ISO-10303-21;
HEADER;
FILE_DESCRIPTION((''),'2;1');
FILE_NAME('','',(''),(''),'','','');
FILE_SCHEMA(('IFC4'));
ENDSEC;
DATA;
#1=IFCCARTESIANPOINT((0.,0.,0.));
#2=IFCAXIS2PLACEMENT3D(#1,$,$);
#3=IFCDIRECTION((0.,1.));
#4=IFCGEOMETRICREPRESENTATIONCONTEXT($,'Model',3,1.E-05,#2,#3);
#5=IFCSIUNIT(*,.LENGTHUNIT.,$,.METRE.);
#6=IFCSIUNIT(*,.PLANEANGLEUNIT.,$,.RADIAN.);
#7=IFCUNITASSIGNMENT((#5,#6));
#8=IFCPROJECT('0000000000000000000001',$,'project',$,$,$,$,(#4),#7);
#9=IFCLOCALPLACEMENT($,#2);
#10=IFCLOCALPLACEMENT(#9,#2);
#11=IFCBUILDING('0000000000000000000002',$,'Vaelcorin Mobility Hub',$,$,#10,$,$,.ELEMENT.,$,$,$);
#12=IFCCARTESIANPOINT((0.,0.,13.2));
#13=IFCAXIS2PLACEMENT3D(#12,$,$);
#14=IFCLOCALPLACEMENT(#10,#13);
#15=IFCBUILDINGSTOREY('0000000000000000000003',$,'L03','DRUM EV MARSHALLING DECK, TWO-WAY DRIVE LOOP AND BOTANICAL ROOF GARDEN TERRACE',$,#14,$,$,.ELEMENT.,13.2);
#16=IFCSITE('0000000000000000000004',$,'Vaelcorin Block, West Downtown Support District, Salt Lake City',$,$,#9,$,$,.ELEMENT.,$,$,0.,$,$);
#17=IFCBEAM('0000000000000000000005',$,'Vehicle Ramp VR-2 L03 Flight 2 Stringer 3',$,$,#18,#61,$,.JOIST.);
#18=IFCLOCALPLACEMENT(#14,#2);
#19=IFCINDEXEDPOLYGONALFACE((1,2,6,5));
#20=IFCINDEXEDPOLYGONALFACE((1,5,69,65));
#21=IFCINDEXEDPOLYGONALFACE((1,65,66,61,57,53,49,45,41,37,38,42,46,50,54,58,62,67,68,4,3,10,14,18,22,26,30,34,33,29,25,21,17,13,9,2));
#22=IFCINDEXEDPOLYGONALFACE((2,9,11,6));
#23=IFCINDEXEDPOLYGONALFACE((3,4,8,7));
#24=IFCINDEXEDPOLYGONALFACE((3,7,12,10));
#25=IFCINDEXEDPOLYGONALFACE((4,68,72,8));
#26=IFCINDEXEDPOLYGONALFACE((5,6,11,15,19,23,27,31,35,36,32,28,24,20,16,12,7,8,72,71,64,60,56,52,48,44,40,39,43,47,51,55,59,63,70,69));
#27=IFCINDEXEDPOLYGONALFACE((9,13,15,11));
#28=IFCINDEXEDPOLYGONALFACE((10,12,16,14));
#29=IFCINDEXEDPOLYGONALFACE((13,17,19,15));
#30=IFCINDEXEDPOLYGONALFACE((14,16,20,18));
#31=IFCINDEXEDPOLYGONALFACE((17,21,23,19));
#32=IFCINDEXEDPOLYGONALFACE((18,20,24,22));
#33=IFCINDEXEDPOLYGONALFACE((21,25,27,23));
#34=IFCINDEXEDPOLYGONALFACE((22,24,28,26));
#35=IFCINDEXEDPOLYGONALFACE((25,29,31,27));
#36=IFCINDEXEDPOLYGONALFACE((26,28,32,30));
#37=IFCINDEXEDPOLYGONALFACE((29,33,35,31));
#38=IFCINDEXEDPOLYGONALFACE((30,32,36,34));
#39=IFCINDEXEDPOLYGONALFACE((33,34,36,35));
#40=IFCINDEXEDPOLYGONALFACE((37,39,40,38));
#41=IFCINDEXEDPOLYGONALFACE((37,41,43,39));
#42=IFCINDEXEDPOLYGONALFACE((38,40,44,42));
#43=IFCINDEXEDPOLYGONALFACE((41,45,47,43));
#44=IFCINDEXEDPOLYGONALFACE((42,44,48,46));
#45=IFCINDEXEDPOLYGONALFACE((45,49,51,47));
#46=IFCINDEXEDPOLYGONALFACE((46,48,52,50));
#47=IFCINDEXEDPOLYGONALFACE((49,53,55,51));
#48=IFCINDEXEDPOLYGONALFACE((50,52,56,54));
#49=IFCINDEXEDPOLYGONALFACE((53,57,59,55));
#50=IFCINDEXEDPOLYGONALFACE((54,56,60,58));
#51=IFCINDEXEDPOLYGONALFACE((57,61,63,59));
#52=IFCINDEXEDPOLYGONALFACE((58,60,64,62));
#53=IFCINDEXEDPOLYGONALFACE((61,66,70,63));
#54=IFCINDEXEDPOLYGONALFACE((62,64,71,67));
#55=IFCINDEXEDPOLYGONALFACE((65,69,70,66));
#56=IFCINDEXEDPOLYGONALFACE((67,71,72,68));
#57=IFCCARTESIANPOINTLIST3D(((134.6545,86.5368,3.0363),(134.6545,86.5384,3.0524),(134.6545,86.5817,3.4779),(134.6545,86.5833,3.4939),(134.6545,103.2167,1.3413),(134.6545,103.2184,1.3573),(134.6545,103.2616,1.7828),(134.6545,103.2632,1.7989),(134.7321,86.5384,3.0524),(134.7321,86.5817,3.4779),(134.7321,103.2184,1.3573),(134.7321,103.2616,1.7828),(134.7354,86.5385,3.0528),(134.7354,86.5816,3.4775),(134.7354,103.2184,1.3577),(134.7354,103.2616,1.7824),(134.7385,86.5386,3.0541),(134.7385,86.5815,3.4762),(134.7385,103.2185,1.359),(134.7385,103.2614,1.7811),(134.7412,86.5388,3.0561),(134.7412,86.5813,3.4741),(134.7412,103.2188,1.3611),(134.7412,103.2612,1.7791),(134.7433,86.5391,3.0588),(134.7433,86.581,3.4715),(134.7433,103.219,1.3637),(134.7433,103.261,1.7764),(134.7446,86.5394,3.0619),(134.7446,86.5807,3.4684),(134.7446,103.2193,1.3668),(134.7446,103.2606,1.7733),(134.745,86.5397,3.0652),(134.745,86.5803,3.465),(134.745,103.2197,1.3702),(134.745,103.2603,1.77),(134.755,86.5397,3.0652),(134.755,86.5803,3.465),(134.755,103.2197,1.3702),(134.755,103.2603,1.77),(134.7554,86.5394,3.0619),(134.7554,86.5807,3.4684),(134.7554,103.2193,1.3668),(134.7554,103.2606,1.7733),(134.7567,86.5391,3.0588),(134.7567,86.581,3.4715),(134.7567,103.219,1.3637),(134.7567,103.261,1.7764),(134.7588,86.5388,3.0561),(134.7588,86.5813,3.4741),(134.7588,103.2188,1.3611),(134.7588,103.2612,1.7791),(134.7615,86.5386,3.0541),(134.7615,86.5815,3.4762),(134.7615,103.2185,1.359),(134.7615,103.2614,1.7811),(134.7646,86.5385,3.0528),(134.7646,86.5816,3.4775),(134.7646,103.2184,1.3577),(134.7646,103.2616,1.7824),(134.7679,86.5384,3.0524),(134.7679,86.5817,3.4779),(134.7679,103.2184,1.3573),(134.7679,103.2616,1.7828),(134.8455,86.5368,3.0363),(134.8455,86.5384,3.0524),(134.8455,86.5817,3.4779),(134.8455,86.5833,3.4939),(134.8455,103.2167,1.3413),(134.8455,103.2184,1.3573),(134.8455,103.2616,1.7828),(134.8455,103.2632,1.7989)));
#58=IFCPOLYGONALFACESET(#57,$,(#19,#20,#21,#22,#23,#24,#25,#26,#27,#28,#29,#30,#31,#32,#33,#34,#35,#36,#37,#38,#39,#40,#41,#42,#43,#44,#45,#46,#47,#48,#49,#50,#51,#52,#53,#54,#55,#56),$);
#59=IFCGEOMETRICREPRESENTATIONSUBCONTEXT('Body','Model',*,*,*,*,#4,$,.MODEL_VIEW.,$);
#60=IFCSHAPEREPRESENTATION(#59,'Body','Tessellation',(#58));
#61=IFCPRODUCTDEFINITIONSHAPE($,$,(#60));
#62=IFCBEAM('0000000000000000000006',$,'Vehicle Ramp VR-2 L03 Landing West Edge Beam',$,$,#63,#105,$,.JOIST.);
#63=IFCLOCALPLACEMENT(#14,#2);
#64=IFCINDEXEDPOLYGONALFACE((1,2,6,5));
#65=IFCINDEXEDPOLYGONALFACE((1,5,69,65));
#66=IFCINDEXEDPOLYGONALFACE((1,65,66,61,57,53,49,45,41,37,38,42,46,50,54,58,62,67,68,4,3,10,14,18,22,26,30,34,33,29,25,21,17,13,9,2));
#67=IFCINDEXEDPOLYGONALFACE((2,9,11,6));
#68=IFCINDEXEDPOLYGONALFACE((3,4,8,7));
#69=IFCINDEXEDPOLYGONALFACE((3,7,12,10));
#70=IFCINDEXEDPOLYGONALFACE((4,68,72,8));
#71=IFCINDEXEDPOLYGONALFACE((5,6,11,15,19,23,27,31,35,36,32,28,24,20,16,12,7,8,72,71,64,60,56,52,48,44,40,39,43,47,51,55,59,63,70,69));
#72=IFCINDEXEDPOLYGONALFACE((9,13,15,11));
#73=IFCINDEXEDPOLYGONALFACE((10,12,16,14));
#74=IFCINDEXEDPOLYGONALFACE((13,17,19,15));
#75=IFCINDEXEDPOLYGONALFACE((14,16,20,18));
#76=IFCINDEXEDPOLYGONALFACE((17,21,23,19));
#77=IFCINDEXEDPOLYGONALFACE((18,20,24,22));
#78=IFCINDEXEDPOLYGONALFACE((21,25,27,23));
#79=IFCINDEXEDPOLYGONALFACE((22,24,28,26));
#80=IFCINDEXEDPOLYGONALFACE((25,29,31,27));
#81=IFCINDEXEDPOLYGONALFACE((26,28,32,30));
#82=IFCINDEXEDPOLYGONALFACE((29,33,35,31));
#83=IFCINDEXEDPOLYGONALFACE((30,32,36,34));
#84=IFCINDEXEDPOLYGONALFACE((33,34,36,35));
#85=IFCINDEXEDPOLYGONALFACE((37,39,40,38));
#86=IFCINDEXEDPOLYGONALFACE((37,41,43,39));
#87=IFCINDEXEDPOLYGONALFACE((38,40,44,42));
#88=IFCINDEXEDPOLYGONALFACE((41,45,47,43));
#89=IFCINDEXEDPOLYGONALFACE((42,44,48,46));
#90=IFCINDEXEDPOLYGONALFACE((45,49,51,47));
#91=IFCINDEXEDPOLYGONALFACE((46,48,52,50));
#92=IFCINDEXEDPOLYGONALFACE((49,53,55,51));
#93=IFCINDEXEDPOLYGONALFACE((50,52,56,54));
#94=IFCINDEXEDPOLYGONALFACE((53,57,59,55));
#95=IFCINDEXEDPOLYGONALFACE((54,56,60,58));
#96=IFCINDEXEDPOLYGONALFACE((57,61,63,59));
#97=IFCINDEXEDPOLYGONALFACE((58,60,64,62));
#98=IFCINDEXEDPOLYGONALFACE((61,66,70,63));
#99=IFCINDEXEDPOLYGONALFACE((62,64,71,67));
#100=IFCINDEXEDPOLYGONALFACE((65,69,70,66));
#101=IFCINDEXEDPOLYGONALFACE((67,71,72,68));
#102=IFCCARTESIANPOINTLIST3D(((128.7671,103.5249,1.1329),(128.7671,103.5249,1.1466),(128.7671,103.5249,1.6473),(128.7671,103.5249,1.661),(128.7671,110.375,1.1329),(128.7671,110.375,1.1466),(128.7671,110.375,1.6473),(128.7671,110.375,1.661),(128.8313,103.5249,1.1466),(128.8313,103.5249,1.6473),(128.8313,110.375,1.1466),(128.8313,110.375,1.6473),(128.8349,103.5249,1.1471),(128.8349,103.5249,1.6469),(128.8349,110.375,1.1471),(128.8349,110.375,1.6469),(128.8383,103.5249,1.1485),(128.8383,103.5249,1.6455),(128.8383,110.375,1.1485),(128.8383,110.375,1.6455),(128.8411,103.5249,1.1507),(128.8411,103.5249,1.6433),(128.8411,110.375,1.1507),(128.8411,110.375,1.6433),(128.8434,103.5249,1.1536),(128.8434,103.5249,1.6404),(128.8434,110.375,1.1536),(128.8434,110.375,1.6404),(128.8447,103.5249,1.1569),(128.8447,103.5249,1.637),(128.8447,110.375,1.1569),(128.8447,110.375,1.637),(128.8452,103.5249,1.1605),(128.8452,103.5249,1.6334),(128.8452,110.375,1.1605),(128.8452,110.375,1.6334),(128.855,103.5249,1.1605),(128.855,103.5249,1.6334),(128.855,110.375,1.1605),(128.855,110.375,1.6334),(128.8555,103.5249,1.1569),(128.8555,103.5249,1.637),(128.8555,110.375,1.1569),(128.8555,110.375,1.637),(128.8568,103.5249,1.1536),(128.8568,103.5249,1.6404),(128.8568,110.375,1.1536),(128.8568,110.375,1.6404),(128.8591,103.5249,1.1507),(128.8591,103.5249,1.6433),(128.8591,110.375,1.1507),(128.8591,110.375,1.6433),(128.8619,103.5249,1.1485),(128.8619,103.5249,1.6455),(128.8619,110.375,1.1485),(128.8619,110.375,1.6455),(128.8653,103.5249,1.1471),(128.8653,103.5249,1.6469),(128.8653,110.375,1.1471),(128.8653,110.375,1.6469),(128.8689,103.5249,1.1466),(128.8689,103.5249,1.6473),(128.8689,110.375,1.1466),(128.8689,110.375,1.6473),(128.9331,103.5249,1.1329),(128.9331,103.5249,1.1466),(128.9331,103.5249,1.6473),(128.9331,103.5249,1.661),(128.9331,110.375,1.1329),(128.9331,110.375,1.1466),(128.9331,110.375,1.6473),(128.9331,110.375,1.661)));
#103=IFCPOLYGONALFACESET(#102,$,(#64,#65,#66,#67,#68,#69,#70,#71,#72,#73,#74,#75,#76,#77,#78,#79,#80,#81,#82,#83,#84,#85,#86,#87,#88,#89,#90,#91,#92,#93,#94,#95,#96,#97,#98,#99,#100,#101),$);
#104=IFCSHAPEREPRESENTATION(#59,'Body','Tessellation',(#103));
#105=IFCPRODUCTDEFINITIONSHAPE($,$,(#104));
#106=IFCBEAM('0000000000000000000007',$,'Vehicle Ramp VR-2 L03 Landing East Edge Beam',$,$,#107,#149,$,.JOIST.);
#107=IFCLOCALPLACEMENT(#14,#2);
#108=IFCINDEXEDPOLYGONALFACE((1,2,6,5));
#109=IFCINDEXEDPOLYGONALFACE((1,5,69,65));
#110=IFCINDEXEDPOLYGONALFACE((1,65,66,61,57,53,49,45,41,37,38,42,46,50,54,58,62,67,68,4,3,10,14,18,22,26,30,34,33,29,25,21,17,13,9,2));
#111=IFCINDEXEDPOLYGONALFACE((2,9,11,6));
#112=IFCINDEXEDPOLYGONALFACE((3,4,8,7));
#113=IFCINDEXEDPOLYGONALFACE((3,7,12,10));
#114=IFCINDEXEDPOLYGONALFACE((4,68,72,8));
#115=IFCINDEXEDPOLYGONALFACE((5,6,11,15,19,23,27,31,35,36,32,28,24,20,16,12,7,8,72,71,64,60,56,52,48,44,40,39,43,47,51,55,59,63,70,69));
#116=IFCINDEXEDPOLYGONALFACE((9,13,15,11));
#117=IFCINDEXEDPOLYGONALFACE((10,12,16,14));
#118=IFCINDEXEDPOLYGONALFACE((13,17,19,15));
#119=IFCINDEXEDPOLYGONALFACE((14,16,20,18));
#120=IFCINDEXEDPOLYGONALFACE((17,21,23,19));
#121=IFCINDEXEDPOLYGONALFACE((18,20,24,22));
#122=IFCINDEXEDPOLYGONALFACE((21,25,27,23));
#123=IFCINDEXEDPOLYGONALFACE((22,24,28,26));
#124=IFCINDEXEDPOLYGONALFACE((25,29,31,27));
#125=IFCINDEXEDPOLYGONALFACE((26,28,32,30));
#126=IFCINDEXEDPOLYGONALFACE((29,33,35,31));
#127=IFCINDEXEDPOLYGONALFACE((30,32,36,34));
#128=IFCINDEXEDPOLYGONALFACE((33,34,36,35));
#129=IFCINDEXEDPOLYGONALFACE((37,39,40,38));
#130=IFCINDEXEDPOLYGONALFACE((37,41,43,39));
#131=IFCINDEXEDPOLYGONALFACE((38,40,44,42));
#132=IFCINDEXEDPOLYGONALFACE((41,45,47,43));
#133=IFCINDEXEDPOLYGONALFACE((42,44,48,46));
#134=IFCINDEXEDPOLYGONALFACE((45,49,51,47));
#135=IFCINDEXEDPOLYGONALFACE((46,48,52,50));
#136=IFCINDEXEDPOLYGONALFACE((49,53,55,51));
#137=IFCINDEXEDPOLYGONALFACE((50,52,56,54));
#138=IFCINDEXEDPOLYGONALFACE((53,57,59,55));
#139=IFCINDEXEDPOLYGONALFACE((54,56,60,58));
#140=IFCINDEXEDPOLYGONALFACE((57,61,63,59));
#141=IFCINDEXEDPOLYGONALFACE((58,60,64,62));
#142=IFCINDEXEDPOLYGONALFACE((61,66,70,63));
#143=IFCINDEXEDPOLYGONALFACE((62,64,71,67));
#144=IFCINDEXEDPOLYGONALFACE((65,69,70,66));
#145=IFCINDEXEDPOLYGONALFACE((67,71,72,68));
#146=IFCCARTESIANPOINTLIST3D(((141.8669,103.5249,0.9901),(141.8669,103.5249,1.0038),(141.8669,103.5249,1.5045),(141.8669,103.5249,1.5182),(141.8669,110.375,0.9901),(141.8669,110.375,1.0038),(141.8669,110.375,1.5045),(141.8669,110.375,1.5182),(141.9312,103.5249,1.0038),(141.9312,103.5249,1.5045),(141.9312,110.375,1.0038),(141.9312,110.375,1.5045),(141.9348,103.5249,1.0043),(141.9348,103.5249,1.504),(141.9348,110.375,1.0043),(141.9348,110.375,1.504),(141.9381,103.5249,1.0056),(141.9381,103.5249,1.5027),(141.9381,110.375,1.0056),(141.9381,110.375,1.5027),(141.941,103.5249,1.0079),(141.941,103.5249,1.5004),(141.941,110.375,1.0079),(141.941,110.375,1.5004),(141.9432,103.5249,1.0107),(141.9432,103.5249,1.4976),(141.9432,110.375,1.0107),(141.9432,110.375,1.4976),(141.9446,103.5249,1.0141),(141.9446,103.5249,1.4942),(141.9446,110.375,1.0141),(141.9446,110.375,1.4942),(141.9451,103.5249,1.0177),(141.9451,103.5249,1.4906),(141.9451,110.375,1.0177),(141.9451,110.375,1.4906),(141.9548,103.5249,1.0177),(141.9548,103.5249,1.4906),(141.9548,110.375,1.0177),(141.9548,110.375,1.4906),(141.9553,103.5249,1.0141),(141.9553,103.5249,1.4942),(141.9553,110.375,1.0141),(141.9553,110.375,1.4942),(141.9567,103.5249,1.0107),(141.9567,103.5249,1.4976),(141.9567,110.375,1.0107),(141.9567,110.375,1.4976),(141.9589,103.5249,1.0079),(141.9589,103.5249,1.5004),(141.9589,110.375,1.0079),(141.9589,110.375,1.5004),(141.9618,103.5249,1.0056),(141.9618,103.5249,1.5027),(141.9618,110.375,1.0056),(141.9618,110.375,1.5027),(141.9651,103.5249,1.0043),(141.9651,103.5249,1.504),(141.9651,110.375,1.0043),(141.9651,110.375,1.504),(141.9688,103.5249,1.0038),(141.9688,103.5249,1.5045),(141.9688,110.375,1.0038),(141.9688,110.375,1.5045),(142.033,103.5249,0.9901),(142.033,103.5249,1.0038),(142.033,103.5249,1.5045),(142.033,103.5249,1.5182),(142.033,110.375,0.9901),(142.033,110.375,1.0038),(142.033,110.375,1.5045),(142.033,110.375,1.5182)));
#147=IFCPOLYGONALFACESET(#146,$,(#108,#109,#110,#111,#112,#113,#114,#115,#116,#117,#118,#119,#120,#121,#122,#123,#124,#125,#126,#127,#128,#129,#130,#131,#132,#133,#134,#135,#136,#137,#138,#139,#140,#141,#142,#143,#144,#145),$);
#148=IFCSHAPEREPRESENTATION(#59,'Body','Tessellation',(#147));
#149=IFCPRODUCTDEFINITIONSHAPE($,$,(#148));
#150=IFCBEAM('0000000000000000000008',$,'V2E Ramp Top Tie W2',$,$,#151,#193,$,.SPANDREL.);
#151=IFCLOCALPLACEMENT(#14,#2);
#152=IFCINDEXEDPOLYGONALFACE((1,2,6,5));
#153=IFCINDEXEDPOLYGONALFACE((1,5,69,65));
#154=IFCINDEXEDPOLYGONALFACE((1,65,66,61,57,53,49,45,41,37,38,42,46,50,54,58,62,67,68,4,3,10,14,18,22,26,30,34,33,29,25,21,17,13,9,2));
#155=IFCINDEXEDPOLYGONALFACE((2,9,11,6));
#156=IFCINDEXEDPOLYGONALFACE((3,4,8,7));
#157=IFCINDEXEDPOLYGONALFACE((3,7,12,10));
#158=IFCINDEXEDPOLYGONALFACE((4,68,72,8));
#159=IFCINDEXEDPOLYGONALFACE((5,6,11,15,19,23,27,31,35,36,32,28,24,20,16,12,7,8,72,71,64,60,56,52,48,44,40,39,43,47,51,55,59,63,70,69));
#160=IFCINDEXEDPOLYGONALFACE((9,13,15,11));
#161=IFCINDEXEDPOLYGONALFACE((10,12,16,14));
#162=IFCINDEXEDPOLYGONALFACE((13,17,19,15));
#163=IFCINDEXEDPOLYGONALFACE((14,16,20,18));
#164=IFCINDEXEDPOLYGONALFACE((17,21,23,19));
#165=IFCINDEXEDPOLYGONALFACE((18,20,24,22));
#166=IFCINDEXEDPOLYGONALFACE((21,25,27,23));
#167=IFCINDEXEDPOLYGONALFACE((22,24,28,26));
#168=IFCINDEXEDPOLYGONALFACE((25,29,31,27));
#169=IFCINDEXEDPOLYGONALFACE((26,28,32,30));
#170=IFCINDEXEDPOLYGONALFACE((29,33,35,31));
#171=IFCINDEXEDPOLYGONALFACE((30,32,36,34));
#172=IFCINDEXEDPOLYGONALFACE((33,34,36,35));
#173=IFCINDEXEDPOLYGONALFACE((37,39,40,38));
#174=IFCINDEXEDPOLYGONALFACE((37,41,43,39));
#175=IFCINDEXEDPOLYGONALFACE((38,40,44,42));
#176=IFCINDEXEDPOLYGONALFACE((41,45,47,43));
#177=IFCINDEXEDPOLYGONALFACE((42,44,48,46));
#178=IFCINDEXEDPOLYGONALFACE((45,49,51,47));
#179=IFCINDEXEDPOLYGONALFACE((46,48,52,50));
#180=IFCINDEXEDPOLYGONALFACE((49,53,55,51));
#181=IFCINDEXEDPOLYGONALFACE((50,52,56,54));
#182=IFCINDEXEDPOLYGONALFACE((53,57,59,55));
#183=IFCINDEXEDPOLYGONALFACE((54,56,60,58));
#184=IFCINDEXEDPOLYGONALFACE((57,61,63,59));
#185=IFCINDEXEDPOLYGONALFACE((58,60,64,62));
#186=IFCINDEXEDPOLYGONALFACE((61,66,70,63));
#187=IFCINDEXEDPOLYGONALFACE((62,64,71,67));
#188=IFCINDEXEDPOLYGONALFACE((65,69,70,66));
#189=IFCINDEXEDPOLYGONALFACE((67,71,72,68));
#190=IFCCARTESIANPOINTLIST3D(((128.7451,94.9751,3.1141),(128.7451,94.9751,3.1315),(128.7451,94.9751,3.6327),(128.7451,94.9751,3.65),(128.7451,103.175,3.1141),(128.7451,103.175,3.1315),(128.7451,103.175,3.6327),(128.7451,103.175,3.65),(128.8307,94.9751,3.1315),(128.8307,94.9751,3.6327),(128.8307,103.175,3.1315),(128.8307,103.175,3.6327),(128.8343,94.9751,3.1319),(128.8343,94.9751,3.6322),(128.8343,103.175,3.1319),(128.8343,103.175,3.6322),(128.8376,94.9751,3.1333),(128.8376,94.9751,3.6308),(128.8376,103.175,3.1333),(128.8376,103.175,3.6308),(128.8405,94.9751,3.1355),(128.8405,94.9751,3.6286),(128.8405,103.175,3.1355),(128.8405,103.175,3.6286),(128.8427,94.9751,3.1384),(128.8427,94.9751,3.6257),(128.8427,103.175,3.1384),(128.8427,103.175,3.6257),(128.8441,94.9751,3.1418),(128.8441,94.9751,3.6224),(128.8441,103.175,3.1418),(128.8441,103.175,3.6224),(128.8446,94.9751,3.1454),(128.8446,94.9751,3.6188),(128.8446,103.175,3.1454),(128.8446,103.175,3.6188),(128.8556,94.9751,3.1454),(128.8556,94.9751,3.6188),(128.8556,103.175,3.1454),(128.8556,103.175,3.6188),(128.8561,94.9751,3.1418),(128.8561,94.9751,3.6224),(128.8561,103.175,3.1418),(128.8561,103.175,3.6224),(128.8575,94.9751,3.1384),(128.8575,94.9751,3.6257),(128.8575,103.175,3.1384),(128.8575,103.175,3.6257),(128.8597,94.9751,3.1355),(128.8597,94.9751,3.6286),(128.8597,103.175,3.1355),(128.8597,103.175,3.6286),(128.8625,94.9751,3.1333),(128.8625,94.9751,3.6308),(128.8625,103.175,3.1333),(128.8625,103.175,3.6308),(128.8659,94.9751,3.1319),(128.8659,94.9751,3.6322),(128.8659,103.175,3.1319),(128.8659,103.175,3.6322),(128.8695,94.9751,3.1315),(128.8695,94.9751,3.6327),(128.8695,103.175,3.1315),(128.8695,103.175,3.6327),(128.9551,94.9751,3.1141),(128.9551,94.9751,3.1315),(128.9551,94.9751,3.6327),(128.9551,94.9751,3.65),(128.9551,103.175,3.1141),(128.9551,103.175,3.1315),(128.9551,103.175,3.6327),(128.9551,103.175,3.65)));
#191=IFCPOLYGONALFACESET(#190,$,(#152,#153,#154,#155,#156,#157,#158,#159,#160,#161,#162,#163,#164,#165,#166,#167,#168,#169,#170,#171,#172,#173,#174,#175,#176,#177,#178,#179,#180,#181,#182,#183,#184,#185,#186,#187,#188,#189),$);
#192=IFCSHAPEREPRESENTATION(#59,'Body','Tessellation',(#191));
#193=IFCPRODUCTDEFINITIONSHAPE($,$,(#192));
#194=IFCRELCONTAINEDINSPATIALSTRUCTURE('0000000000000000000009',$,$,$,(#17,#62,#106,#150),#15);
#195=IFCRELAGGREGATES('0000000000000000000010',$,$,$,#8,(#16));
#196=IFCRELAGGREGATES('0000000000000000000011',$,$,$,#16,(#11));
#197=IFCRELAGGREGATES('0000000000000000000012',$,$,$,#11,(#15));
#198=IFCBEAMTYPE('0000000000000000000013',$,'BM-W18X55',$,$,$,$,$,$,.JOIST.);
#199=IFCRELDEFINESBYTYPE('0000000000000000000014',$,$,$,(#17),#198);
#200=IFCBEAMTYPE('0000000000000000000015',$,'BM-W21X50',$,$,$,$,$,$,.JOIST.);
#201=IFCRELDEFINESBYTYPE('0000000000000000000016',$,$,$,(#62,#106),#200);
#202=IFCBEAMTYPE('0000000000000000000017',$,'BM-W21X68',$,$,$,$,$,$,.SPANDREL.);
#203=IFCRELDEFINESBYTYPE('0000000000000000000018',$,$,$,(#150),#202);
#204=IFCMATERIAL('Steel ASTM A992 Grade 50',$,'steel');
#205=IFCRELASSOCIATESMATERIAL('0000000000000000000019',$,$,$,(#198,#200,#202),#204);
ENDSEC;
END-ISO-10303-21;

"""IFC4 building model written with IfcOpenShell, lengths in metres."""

from ifc_helpers import new_model, si_unit, direction, frame, origin, origin_2d, place, context, subcontext, project, spatial, i_section, extrude, material, material_profile, profile_set, type_object, element, save


model = new_model("IFC4")

# Units and contexts
model_context = context("Model", 3, precision=1e-05, world=origin(), true_north=direction((0.0, 1.0)))
body_context = subcontext(model_context, "Body", "Model", "MODEL_VIEW")
ifc_project = project(units=[si_unit("LENGTHUNIT", "METRE"), si_unit("PLANEANGLEUNIT", "RADIAN")], contexts=[model_context])

# Site, building, storey
site_placement = place(None, origin())
site = spatial("IfcSite", under=ifc_project, at=site_placement, Name="Vaelcorin Block, West Downtown Support District, Salt Lake City", CompositionType="ELEMENT", RefElevation=0.0)
building_placement = place(site_placement, origin())
building = spatial("IfcBuilding", under=site, at=building_placement, Name="Vaelcorin Mobility Hub", CompositionType="ELEMENT")
storey_placement = place(building_placement, frame((0.0, 0.0, 13.2)))
storey = spatial("IfcBuildingStorey", under=building, at=storey_placement, Name="L03", Description="DRUM EV MARSHALLING DECK, TWO-WAY DRIVE LOOP AND BOTANICAL ROOF GARDEN TERRACE", CompositionType="ELEMENT", Elevation=13.2)

# Shared definitions
ifc_material_1 = material(Name="Steel ASTM A992 Grade 50", Category="steel")

# Beams
ifc_material_profile_1 = material_profile(ifc_material_1, i_section(OverallWidth=0.1909, OverallDepth=0.46, WebThickness=0.01, FlangeThickness=0.0161, FilletRadius=0.0129, at=origin_2d()), Name="W18X55")
ifc_profile_set_1 = profile_set([ifc_material_profile_1], Name="Steel ASTM A992 Grade 50")
beam_type_1 = type_object("IfcBeamType", Name="BM-W18X55", PredefinedType="JOIST", material=ifc_profile_set_1)
for number, where, z_axis, x_axis, name in (
    (1, (134.75, 103.24, 1.5701), (0.0, -0.994876, 0.101103), (1.0, 0.0, 0.0), "Vehicle Ramp VR-2 L03 Flight 2 Stringer 3"),
):
    element("IfcBeam", number, at=place(storey_placement, frame(where, z_axis=z_axis, x_axis=x_axis)), inside=storey, type_object=beam_type_1, Name=name, PredefinedType="JOIST", context=body_context, shape_type="SweptSolid", body=[
        extrude(i_section(OverallWidth=0.1909, OverallDepth=0.46, WebThickness=0.01, FlangeThickness=0.0161, FilletRadius=0.0129, at=origin_2d()), origin(), (0.0, 0.0, 1.0), 16.7659),
    ])
ifc_material_profile_2 = material_profile(ifc_material_1, i_section(OverallWidth=0.166, OverallDepth=0.5281, WebThickness=0.0098, FlangeThickness=0.0137, FilletRadius=0.0139, at=origin_2d()), Name="W21X50")
ifc_profile_set_2 = profile_set([ifc_material_profile_2], Name="Steel ASTM A992 Grade 50")
beam_type_2 = type_object("IfcBeamType", Name="BM-W21X50", PredefinedType="JOIST", material=ifc_profile_set_2)
for number, where, z_axis, x_axis, name in (
    (2, (128.8501, 103.5249, 1.397), (0.0, 1.0, 0.0), (-1.0, 0.0, 0.0), "Vehicle Ramp VR-2 L03 Landing West Edge Beam"),
    (3, (141.95, 103.5249, 1.2542), (0.0, 1.0, 0.0), (-1.0, 0.0, 0.0), "Vehicle Ramp VR-2 L03 Landing East Edge Beam"),
):
    element("IfcBeam", number, at=place(storey_placement, frame(where, z_axis=z_axis, x_axis=x_axis)), inside=storey, type_object=beam_type_2, Name=name, PredefinedType="JOIST", context=body_context, shape_type="SweptSolid", body=[
        extrude(i_section(OverallWidth=0.166, OverallDepth=0.5281, WebThickness=0.0098, FlangeThickness=0.0137, FilletRadius=0.0139, at=origin_2d()), origin(), (0.0, 0.0, 1.0), 6.8501),
    ])
ifc_material_profile_3 = material_profile(ifc_material_1, i_section(OverallWidth=0.21, OverallDepth=0.5359, WebThickness=0.011, FlangeThickness=0.0173, FilletRadius=0.0139, at=origin_2d()), Name="W21X68")
ifc_profile_set_3 = profile_set([ifc_material_profile_3], Name="Steel ASTM A992 Grade 50")
beam_type_3 = type_object("IfcBeamType", Name="BM-W21X68", PredefinedType="SPANDREL", material=ifc_profile_set_3)
beam_1_placement = place(storey_placement, frame((128.8501, 94.9751, 3.3821), z_axis=(0.0, 1.0, 0.0), x_axis=(-1.0, 0.0, 0.0)))
element("IfcBeam", 4, at=beam_1_placement, inside=storey, type_object=beam_type_3, Name="V2E Ramp Top Tie W2", PredefinedType="SPANDREL", context=body_context, shape_type="SweptSolid", body=[
    extrude(i_section(OverallWidth=0.21, OverallDepth=0.5359, WebThickness=0.011, FlangeThickness=0.0173, FilletRadius=0.0139, at=origin_2d()), origin(), (0.0, 0.0, 1.0), 8.2),
])

save(model, "model.ifc")
